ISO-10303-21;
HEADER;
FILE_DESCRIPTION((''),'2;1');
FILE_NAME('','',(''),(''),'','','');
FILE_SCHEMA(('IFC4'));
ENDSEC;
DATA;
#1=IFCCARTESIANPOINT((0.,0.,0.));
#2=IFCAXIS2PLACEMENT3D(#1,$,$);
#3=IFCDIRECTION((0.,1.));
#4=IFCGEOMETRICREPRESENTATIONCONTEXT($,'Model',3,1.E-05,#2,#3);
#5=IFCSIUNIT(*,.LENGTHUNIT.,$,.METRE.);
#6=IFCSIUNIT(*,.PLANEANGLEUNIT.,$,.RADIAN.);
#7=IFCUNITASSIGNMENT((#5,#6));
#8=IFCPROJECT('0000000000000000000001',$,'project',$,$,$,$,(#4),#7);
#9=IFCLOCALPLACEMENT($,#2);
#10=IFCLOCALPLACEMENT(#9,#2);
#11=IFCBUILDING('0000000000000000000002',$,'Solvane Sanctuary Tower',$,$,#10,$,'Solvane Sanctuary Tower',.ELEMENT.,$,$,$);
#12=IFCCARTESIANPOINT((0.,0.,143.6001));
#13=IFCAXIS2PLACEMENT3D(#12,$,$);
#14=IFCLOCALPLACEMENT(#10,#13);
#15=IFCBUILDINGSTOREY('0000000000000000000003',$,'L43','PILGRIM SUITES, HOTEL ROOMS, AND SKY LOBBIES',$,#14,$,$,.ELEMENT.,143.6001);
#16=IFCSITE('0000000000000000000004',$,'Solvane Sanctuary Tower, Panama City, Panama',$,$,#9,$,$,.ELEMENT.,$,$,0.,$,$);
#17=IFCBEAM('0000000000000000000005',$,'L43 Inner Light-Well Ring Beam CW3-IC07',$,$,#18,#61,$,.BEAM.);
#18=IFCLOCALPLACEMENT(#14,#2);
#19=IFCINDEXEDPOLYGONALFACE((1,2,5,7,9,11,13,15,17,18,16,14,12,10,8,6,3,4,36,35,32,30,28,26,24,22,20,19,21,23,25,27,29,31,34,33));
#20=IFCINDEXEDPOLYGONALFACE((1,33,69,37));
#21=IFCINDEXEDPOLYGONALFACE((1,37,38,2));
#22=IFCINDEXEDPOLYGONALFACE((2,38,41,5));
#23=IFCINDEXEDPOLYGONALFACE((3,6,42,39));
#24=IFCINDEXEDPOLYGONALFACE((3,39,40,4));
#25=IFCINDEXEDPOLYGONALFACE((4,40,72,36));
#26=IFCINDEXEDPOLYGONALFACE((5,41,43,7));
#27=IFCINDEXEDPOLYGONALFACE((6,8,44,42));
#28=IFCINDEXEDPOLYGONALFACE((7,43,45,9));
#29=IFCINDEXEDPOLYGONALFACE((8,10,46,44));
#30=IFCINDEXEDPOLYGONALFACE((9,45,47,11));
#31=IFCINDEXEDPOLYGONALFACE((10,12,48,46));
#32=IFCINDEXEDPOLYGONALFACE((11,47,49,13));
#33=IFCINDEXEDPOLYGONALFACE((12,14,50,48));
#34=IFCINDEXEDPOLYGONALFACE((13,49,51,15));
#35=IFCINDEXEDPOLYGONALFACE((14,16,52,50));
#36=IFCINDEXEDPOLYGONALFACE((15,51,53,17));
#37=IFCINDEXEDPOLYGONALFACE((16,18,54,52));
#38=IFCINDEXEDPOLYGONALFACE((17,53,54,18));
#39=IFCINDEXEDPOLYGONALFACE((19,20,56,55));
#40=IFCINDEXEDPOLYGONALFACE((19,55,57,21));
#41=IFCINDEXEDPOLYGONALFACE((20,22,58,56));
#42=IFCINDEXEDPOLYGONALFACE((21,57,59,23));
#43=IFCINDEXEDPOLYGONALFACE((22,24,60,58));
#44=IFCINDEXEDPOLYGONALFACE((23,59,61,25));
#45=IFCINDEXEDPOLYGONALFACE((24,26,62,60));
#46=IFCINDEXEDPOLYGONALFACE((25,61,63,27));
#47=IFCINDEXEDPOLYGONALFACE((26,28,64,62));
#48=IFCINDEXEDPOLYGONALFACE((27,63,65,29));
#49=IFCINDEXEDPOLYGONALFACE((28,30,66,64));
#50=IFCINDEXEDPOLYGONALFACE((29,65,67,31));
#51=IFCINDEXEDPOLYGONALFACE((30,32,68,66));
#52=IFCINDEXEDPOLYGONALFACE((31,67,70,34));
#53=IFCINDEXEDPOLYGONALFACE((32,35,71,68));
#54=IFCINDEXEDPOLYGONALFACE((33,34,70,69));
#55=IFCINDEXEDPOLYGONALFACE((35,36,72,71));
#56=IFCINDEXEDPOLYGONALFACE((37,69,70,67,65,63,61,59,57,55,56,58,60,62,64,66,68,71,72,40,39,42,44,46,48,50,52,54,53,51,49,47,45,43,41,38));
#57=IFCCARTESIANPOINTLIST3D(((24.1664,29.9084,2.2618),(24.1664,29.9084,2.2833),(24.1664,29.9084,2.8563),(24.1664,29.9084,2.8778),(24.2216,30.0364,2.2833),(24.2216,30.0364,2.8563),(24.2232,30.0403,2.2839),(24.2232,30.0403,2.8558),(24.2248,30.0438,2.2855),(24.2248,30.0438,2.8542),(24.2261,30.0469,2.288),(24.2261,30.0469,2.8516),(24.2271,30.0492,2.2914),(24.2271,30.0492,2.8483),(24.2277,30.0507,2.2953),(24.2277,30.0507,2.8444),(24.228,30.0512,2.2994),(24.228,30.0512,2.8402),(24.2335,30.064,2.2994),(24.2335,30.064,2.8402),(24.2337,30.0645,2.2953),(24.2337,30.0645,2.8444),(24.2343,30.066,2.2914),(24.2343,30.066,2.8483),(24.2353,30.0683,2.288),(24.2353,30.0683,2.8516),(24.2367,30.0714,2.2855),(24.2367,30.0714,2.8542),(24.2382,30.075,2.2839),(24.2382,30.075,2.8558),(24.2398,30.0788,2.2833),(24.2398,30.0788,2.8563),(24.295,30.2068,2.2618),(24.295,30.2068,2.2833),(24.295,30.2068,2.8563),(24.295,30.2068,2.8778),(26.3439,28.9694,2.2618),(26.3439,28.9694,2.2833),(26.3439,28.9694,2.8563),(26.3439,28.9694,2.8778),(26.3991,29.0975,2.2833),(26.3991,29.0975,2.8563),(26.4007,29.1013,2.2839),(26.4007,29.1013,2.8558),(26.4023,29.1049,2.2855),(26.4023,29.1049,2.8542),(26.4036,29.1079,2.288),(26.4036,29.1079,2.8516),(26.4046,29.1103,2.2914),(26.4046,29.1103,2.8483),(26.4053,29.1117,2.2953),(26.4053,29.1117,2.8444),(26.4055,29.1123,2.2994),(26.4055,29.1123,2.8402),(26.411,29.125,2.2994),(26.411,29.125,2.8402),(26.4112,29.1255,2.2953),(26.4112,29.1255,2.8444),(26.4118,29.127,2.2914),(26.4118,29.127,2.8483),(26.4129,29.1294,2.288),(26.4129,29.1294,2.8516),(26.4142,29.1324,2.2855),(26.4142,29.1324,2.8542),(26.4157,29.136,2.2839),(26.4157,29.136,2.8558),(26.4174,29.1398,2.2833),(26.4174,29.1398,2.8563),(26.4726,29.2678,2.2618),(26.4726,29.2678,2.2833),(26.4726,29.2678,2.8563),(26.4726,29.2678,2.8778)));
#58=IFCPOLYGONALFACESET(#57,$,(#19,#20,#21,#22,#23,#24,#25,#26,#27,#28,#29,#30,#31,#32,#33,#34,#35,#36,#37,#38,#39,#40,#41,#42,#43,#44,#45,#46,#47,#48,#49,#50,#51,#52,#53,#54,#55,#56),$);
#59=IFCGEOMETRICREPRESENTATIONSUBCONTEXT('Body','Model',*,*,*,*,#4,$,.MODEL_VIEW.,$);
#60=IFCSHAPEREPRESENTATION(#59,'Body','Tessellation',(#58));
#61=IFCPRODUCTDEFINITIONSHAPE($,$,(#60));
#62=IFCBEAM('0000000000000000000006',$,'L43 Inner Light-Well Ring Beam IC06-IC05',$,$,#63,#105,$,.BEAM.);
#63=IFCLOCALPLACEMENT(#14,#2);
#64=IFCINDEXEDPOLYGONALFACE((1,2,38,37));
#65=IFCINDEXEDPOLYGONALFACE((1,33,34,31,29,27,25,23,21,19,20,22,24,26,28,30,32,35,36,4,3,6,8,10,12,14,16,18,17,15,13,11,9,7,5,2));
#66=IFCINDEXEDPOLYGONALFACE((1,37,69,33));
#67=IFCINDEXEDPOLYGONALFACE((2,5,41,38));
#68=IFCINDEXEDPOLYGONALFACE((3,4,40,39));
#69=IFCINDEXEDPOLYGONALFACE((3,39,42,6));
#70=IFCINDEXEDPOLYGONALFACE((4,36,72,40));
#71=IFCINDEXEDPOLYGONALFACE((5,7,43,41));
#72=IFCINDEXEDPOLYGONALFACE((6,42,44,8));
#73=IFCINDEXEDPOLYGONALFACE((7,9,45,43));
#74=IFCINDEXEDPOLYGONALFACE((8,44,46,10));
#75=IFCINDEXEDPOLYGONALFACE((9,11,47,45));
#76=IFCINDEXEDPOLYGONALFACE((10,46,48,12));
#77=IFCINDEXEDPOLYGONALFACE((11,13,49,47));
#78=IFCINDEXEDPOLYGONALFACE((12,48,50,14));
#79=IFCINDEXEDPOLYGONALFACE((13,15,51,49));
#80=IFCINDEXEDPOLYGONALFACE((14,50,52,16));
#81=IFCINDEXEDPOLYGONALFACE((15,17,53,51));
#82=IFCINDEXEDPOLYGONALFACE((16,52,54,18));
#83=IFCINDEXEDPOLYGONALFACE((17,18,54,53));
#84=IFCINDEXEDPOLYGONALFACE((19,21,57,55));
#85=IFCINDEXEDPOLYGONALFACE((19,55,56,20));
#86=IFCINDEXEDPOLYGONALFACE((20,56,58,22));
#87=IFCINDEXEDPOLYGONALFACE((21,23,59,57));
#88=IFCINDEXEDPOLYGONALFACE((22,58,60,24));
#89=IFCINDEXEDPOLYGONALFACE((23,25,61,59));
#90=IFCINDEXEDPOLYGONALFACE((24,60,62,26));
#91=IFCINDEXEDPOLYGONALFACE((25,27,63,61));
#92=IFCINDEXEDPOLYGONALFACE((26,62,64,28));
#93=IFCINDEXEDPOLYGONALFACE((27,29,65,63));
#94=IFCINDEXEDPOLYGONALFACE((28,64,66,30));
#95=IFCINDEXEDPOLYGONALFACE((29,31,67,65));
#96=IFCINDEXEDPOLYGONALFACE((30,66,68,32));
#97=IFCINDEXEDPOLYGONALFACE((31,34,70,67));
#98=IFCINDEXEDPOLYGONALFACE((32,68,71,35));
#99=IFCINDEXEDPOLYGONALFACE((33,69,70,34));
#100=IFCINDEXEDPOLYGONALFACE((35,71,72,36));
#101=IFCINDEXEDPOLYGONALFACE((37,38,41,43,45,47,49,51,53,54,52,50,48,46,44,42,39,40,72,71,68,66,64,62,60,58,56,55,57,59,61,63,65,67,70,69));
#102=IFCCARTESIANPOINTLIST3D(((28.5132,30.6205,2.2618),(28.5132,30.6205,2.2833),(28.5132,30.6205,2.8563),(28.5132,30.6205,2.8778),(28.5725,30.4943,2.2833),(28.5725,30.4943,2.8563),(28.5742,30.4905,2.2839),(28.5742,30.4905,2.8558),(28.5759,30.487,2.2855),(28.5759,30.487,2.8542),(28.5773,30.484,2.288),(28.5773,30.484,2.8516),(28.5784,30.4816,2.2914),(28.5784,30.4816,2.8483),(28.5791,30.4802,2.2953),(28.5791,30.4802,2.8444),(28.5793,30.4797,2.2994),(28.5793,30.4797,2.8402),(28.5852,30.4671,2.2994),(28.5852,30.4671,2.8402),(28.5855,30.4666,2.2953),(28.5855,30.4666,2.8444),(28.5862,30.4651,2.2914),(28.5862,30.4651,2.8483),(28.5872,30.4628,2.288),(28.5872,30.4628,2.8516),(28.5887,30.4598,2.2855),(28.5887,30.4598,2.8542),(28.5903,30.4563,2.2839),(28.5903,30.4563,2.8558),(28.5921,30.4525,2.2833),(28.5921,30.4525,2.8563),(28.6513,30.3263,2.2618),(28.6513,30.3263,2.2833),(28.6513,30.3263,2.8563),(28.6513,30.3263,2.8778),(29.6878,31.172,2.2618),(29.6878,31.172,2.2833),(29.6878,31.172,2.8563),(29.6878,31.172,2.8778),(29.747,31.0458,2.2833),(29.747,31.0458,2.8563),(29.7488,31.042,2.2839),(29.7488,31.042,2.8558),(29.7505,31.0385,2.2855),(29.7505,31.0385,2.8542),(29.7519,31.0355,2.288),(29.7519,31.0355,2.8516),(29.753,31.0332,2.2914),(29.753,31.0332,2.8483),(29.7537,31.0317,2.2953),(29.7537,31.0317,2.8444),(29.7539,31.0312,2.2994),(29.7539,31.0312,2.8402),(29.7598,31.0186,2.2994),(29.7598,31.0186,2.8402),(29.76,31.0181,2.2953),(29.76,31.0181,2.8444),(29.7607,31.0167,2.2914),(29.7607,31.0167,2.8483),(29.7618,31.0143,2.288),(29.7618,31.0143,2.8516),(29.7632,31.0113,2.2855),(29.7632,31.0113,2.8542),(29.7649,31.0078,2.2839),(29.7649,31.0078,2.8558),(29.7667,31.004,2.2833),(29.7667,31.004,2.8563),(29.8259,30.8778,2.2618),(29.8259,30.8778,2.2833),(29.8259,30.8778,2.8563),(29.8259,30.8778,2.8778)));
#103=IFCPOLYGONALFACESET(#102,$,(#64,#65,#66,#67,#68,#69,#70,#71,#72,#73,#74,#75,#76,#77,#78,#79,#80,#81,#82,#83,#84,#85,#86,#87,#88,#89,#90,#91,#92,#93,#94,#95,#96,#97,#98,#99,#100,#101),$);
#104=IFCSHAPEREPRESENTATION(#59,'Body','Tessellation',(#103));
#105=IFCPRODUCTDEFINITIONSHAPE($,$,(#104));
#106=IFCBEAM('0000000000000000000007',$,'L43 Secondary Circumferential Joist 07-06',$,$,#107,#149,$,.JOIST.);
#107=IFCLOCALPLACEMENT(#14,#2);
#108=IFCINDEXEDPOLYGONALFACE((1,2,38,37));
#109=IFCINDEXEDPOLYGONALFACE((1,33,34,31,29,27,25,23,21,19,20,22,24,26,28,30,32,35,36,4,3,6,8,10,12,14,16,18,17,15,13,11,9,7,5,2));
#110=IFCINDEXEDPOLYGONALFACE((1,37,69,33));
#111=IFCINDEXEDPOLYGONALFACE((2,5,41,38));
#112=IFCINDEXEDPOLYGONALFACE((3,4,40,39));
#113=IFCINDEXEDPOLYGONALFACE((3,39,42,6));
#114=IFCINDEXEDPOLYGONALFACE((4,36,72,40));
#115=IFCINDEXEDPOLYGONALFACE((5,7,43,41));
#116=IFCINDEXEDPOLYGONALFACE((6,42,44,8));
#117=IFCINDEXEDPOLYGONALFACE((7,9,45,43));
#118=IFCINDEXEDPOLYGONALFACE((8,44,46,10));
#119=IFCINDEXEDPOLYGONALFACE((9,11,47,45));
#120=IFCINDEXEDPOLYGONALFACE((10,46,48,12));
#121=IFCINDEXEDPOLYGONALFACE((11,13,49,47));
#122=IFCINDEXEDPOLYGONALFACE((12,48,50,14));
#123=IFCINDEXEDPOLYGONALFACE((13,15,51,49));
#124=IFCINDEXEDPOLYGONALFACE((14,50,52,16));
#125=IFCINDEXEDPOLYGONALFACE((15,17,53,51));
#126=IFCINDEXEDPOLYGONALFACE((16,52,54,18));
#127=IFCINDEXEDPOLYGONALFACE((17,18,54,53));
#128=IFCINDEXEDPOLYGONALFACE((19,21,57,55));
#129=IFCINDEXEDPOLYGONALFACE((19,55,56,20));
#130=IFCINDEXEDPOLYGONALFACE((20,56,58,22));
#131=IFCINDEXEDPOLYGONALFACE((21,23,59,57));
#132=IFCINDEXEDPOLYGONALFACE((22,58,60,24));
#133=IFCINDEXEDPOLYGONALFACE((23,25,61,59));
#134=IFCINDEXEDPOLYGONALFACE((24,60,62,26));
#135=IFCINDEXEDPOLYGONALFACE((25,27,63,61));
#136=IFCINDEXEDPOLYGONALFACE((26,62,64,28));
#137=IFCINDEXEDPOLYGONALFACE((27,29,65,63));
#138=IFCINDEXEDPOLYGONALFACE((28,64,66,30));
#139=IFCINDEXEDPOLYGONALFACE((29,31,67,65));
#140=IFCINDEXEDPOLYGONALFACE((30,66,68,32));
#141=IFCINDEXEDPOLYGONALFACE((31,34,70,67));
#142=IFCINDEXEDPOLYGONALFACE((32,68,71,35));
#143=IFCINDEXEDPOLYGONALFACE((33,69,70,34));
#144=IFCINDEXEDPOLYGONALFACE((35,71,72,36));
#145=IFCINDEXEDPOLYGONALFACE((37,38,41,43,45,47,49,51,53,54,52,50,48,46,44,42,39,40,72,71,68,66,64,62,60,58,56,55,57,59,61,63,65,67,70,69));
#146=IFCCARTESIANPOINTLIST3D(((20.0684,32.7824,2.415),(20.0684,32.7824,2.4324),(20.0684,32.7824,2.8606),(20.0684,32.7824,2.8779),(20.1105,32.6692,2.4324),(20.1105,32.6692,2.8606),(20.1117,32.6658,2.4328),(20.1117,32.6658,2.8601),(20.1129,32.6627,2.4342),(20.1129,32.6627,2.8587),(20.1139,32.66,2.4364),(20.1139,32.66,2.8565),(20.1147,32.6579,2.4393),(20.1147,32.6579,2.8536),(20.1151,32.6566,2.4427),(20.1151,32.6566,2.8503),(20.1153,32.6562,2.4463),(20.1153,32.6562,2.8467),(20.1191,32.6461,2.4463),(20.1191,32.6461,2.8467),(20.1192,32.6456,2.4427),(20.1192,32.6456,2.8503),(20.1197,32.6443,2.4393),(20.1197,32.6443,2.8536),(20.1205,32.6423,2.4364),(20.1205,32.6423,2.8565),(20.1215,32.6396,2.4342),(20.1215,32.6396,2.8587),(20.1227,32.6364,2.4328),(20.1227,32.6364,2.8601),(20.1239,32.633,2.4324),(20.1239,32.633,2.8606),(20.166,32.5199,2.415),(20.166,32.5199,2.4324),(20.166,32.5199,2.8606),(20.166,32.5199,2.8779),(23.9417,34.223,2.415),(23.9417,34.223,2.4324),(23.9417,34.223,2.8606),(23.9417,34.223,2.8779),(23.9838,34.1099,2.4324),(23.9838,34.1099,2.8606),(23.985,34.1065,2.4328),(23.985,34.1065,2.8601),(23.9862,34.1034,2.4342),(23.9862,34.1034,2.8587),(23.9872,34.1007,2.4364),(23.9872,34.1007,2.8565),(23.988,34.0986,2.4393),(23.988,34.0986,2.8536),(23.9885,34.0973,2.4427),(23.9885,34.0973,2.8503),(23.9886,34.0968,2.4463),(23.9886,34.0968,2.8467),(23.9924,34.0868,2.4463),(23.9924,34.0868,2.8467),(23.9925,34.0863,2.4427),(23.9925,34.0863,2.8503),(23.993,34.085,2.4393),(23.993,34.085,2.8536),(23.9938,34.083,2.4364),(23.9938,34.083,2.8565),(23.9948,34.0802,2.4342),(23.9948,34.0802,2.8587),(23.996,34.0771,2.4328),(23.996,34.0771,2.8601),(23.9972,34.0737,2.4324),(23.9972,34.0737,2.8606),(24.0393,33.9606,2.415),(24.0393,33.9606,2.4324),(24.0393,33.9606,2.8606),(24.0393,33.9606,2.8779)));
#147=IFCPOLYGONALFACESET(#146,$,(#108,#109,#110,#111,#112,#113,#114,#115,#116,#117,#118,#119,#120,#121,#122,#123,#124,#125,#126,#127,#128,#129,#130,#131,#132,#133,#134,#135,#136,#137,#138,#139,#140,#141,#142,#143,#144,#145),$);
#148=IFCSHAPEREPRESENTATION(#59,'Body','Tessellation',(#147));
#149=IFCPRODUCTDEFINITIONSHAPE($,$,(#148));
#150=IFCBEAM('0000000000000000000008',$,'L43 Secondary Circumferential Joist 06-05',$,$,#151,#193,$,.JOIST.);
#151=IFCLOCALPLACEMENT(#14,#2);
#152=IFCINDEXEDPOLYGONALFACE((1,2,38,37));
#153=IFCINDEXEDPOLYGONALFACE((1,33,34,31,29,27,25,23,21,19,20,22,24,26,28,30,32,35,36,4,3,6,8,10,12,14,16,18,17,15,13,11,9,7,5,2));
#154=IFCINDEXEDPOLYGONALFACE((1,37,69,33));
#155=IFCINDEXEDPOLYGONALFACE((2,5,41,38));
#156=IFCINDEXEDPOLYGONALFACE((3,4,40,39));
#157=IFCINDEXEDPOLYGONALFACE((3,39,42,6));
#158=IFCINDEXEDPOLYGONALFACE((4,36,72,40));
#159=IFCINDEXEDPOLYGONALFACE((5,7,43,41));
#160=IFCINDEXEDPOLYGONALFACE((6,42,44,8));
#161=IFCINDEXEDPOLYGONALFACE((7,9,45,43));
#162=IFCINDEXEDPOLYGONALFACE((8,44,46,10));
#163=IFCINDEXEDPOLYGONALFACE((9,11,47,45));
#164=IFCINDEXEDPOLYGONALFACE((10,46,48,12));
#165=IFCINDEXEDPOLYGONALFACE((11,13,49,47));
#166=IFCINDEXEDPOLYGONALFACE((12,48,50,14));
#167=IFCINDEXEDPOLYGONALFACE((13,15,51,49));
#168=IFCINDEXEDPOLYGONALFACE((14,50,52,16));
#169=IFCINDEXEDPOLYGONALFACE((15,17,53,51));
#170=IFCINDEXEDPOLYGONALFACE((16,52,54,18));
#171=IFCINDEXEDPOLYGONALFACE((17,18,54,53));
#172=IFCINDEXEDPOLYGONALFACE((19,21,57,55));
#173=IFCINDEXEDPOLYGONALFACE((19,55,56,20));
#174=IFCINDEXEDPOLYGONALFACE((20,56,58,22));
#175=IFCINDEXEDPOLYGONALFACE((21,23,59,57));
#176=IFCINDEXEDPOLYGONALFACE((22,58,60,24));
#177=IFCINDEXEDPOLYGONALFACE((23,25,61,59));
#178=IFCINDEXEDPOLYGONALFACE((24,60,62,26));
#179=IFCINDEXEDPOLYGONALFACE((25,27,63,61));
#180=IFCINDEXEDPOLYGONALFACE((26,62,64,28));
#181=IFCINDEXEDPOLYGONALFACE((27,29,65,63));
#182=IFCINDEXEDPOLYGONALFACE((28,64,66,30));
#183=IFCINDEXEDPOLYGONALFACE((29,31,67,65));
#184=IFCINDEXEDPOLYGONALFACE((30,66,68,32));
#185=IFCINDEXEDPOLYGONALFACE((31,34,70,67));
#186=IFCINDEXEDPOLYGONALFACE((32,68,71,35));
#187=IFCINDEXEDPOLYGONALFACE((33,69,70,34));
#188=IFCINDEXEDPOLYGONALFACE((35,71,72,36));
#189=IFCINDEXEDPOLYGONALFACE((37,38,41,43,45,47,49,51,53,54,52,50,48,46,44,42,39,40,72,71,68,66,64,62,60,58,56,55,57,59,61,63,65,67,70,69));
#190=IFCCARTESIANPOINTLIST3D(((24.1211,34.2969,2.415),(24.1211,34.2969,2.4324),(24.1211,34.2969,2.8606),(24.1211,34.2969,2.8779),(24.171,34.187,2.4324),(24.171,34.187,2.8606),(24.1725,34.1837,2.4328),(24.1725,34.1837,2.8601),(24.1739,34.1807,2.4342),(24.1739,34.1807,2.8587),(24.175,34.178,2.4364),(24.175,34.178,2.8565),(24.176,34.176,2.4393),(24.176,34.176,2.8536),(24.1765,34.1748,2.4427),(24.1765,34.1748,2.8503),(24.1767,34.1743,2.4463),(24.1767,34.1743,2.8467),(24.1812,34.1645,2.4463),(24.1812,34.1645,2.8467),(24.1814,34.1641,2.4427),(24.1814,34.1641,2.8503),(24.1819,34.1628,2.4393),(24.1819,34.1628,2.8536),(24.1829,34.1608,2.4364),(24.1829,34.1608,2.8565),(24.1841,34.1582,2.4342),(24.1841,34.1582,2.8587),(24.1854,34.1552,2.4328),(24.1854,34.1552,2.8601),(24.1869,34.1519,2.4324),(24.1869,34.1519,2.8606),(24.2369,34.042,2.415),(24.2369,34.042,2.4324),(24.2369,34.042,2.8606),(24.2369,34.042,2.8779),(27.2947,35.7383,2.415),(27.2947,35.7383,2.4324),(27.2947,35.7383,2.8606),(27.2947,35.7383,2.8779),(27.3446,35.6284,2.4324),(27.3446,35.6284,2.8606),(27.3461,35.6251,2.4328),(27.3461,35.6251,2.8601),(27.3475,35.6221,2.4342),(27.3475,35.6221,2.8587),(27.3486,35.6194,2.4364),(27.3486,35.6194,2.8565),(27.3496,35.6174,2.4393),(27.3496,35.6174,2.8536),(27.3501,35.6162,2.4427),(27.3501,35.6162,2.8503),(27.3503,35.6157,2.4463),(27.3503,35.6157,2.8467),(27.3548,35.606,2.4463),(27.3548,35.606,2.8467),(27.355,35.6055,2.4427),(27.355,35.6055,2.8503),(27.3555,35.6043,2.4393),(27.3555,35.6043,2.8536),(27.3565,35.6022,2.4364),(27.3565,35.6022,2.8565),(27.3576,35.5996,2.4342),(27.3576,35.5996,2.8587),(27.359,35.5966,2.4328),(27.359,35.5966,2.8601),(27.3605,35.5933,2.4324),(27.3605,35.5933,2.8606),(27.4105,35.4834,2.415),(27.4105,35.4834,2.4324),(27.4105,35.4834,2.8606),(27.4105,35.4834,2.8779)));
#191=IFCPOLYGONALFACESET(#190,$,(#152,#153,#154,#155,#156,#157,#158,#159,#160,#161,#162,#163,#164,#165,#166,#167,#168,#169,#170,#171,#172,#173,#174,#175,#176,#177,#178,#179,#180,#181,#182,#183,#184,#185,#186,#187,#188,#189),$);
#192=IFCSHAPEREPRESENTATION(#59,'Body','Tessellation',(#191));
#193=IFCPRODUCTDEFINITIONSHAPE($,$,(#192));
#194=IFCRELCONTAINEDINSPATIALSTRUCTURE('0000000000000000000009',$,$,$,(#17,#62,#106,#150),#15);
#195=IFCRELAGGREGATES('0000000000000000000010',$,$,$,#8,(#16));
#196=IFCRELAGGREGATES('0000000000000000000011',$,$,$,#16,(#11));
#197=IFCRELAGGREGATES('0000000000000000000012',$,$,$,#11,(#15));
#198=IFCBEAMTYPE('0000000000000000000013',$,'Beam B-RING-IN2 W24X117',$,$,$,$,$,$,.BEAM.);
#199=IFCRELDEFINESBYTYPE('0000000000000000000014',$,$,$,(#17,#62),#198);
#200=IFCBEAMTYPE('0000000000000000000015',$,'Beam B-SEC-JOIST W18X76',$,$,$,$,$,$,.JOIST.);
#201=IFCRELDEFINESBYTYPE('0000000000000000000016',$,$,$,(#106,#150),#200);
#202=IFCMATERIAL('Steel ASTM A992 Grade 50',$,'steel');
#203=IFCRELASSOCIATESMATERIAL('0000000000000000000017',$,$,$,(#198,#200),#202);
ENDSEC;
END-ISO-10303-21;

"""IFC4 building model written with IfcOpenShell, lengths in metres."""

from ifc_helpers import new_model, si_unit, direction, frame, origin, origin_2d, place, context, subcontext, project, spatial, i_section, extrude, material, material_profile, profile_set, type_object, element, save


model = new_model("IFC4")

# Units and contexts
model_context = context("Model", 3, precision=1e-05, world=origin(), true_north=direction((0.0, 1.0)))
body_context = subcontext(model_context, "Body", "Model", "MODEL_VIEW")
ifc_project = project(units=[si_unit("LENGTHUNIT", "METRE"), si_unit("PLANEANGLEUNIT", "RADIAN")], contexts=[model_context])

# Site, building, storey
site_placement = place(None, origin())
site = spatial("IfcSite", under=ifc_project, at=site_placement, Name="Solvane Sanctuary Tower, Panama City, Panama", CompositionType="ELEMENT", RefElevation=0.0)
building_placement = place(site_placement, origin())
building = spatial("IfcBuilding", under=site, at=building_placement, Name="Solvane Sanctuary Tower", LongName="Solvane Sanctuary Tower", CompositionType="ELEMENT")
storey_placement = place(building_placement, frame((0.0, 0.0, 143.6001)))
storey = spatial("IfcBuildingStorey", under=building, at=storey_placement, Name="L43", Description="PILGRIM SUITES, HOTEL ROOMS, AND SKY LOBBIES", CompositionType="ELEMENT", Elevation=143.6001)

# Beams
ifc_material_1 = material(Name="Steel ASTM A992 Grade 50", Category="steel")
ifc_material_profile_1 = material_profile(ifc_material_1, i_section(OverallWidth=0.325, OverallDepth=0.616, WebThickness=0.0139, FlangeThickness=0.0215, FilletRadius=0.0161, at=origin_2d()), Name="W24X117")
ifc_profile_set_1 = profile_set([ifc_material_profile_1], Name="Steel ASTM A992 Grade 50")
beam_type_1 = type_object("IfcBeamType", Name="Beam B-RING-IN2 W24X117", PredefinedType="BEAM", material=ifc_profile_set_1)
beam_1_placement = place(storey_placement, frame((24.2307, 30.0576, 2.5698), z_axis=(0.918264, -0.395969, 0.0), x_axis=(0.395969, 0.918264, 0.0)))
element("IfcBeam", 1, at=beam_1_placement, inside=storey, type_object=beam_type_1, Name="L43 Inner Light-Well Ring Beam CW3-IC07", PredefinedType="BEAM", context=body_context, shape_type="SweptSolid", body=[
    extrude(i_section(OverallWidth=0.325, OverallDepth=0.616, WebThickness=0.0139, FlangeThickness=0.0215, FilletRadius=0.0161, at=origin_2d()), origin(), (0.0, 0.0, 1.0), 2.3713),
])
beam_2_placement = place(storey_placement, frame((28.5823, 30.4734, 2.5698), z_axis=(0.905181, 0.425027, 0.0), x_axis=(-0.425027, 0.905181, 0.0)))
element("IfcBeam", 2, at=beam_2_placement, inside=storey, type_object=beam_type_1, Name="L43 Inner Light-Well Ring Beam IC06-IC05", PredefinedType="BEAM", context=body_context, shape_type="SweptSolid", body=[
    extrude(i_section(OverallWidth=0.325, OverallDepth=0.616, WebThickness=0.0139, FlangeThickness=0.0215, FilletRadius=0.0161, at=origin_2d()), origin(), (0.0, 0.0, 1.0), 1.2976),
])
ifc_material_profile_2 = material_profile(ifc_material_1, i_section(OverallWidth=0.28, OverallDepth=0.4629, WebThickness=0.0107, FlangeThickness=0.0173, FilletRadius=0.0139, at=origin_2d()), Name="W18X76")
ifc_profile_set_2 = profile_set([ifc_material_profile_2], Name="Steel ASTM A992 Grade 50")
beam_type_2 = type_object("IfcBeamType", Name="Beam B-SEC-JOIST W18X76", PredefinedType="JOIST", material=ifc_profile_set_2)
beam_3_placement = place(storey_placement, frame((20.1172, 32.6511, 2.6465), z_axis=(0.937265, 0.348617, 0.0), x_axis=(-0.348617, 0.937265, 0.0)))
element("IfcBeam", 3, at=beam_3_placement, inside=storey, type_object=beam_type_2, Name="L43 Secondary Circumferential Joist 07-06", PredefinedType="JOIST", context=body_context, shape_type="SweptSolid", body=[
    extrude(i_section(OverallWidth=0.28, OverallDepth=0.4629, WebThickness=0.0107, FlangeThickness=0.0173, FilletRadius=0.0139, at=origin_2d()), origin(), (0.0, 0.0, 1.0), 4.1326),
])
beam_4_placement = place(storey_placement, frame((24.179, 34.1694, 2.6465), z_axis=(0.910489, 0.413534, 0.0), x_axis=(-0.413534, 0.910489, 0.0)))
element("IfcBeam", 4, at=beam_4_placement, inside=storey, type_object=beam_type_2, Name="L43 Secondary Circumferential Joist 06-05", PredefinedType="JOIST", context=body_context, shape_type="SweptSolid", body=[
    extrude(i_section(OverallWidth=0.28, OverallDepth=0.4629, WebThickness=0.0107, FlangeThickness=0.0173, FilletRadius=0.0139, at=origin_2d()), origin(), (0.0, 0.0, 1.0), 3.4856),
])

save(model, "model.ifc")
